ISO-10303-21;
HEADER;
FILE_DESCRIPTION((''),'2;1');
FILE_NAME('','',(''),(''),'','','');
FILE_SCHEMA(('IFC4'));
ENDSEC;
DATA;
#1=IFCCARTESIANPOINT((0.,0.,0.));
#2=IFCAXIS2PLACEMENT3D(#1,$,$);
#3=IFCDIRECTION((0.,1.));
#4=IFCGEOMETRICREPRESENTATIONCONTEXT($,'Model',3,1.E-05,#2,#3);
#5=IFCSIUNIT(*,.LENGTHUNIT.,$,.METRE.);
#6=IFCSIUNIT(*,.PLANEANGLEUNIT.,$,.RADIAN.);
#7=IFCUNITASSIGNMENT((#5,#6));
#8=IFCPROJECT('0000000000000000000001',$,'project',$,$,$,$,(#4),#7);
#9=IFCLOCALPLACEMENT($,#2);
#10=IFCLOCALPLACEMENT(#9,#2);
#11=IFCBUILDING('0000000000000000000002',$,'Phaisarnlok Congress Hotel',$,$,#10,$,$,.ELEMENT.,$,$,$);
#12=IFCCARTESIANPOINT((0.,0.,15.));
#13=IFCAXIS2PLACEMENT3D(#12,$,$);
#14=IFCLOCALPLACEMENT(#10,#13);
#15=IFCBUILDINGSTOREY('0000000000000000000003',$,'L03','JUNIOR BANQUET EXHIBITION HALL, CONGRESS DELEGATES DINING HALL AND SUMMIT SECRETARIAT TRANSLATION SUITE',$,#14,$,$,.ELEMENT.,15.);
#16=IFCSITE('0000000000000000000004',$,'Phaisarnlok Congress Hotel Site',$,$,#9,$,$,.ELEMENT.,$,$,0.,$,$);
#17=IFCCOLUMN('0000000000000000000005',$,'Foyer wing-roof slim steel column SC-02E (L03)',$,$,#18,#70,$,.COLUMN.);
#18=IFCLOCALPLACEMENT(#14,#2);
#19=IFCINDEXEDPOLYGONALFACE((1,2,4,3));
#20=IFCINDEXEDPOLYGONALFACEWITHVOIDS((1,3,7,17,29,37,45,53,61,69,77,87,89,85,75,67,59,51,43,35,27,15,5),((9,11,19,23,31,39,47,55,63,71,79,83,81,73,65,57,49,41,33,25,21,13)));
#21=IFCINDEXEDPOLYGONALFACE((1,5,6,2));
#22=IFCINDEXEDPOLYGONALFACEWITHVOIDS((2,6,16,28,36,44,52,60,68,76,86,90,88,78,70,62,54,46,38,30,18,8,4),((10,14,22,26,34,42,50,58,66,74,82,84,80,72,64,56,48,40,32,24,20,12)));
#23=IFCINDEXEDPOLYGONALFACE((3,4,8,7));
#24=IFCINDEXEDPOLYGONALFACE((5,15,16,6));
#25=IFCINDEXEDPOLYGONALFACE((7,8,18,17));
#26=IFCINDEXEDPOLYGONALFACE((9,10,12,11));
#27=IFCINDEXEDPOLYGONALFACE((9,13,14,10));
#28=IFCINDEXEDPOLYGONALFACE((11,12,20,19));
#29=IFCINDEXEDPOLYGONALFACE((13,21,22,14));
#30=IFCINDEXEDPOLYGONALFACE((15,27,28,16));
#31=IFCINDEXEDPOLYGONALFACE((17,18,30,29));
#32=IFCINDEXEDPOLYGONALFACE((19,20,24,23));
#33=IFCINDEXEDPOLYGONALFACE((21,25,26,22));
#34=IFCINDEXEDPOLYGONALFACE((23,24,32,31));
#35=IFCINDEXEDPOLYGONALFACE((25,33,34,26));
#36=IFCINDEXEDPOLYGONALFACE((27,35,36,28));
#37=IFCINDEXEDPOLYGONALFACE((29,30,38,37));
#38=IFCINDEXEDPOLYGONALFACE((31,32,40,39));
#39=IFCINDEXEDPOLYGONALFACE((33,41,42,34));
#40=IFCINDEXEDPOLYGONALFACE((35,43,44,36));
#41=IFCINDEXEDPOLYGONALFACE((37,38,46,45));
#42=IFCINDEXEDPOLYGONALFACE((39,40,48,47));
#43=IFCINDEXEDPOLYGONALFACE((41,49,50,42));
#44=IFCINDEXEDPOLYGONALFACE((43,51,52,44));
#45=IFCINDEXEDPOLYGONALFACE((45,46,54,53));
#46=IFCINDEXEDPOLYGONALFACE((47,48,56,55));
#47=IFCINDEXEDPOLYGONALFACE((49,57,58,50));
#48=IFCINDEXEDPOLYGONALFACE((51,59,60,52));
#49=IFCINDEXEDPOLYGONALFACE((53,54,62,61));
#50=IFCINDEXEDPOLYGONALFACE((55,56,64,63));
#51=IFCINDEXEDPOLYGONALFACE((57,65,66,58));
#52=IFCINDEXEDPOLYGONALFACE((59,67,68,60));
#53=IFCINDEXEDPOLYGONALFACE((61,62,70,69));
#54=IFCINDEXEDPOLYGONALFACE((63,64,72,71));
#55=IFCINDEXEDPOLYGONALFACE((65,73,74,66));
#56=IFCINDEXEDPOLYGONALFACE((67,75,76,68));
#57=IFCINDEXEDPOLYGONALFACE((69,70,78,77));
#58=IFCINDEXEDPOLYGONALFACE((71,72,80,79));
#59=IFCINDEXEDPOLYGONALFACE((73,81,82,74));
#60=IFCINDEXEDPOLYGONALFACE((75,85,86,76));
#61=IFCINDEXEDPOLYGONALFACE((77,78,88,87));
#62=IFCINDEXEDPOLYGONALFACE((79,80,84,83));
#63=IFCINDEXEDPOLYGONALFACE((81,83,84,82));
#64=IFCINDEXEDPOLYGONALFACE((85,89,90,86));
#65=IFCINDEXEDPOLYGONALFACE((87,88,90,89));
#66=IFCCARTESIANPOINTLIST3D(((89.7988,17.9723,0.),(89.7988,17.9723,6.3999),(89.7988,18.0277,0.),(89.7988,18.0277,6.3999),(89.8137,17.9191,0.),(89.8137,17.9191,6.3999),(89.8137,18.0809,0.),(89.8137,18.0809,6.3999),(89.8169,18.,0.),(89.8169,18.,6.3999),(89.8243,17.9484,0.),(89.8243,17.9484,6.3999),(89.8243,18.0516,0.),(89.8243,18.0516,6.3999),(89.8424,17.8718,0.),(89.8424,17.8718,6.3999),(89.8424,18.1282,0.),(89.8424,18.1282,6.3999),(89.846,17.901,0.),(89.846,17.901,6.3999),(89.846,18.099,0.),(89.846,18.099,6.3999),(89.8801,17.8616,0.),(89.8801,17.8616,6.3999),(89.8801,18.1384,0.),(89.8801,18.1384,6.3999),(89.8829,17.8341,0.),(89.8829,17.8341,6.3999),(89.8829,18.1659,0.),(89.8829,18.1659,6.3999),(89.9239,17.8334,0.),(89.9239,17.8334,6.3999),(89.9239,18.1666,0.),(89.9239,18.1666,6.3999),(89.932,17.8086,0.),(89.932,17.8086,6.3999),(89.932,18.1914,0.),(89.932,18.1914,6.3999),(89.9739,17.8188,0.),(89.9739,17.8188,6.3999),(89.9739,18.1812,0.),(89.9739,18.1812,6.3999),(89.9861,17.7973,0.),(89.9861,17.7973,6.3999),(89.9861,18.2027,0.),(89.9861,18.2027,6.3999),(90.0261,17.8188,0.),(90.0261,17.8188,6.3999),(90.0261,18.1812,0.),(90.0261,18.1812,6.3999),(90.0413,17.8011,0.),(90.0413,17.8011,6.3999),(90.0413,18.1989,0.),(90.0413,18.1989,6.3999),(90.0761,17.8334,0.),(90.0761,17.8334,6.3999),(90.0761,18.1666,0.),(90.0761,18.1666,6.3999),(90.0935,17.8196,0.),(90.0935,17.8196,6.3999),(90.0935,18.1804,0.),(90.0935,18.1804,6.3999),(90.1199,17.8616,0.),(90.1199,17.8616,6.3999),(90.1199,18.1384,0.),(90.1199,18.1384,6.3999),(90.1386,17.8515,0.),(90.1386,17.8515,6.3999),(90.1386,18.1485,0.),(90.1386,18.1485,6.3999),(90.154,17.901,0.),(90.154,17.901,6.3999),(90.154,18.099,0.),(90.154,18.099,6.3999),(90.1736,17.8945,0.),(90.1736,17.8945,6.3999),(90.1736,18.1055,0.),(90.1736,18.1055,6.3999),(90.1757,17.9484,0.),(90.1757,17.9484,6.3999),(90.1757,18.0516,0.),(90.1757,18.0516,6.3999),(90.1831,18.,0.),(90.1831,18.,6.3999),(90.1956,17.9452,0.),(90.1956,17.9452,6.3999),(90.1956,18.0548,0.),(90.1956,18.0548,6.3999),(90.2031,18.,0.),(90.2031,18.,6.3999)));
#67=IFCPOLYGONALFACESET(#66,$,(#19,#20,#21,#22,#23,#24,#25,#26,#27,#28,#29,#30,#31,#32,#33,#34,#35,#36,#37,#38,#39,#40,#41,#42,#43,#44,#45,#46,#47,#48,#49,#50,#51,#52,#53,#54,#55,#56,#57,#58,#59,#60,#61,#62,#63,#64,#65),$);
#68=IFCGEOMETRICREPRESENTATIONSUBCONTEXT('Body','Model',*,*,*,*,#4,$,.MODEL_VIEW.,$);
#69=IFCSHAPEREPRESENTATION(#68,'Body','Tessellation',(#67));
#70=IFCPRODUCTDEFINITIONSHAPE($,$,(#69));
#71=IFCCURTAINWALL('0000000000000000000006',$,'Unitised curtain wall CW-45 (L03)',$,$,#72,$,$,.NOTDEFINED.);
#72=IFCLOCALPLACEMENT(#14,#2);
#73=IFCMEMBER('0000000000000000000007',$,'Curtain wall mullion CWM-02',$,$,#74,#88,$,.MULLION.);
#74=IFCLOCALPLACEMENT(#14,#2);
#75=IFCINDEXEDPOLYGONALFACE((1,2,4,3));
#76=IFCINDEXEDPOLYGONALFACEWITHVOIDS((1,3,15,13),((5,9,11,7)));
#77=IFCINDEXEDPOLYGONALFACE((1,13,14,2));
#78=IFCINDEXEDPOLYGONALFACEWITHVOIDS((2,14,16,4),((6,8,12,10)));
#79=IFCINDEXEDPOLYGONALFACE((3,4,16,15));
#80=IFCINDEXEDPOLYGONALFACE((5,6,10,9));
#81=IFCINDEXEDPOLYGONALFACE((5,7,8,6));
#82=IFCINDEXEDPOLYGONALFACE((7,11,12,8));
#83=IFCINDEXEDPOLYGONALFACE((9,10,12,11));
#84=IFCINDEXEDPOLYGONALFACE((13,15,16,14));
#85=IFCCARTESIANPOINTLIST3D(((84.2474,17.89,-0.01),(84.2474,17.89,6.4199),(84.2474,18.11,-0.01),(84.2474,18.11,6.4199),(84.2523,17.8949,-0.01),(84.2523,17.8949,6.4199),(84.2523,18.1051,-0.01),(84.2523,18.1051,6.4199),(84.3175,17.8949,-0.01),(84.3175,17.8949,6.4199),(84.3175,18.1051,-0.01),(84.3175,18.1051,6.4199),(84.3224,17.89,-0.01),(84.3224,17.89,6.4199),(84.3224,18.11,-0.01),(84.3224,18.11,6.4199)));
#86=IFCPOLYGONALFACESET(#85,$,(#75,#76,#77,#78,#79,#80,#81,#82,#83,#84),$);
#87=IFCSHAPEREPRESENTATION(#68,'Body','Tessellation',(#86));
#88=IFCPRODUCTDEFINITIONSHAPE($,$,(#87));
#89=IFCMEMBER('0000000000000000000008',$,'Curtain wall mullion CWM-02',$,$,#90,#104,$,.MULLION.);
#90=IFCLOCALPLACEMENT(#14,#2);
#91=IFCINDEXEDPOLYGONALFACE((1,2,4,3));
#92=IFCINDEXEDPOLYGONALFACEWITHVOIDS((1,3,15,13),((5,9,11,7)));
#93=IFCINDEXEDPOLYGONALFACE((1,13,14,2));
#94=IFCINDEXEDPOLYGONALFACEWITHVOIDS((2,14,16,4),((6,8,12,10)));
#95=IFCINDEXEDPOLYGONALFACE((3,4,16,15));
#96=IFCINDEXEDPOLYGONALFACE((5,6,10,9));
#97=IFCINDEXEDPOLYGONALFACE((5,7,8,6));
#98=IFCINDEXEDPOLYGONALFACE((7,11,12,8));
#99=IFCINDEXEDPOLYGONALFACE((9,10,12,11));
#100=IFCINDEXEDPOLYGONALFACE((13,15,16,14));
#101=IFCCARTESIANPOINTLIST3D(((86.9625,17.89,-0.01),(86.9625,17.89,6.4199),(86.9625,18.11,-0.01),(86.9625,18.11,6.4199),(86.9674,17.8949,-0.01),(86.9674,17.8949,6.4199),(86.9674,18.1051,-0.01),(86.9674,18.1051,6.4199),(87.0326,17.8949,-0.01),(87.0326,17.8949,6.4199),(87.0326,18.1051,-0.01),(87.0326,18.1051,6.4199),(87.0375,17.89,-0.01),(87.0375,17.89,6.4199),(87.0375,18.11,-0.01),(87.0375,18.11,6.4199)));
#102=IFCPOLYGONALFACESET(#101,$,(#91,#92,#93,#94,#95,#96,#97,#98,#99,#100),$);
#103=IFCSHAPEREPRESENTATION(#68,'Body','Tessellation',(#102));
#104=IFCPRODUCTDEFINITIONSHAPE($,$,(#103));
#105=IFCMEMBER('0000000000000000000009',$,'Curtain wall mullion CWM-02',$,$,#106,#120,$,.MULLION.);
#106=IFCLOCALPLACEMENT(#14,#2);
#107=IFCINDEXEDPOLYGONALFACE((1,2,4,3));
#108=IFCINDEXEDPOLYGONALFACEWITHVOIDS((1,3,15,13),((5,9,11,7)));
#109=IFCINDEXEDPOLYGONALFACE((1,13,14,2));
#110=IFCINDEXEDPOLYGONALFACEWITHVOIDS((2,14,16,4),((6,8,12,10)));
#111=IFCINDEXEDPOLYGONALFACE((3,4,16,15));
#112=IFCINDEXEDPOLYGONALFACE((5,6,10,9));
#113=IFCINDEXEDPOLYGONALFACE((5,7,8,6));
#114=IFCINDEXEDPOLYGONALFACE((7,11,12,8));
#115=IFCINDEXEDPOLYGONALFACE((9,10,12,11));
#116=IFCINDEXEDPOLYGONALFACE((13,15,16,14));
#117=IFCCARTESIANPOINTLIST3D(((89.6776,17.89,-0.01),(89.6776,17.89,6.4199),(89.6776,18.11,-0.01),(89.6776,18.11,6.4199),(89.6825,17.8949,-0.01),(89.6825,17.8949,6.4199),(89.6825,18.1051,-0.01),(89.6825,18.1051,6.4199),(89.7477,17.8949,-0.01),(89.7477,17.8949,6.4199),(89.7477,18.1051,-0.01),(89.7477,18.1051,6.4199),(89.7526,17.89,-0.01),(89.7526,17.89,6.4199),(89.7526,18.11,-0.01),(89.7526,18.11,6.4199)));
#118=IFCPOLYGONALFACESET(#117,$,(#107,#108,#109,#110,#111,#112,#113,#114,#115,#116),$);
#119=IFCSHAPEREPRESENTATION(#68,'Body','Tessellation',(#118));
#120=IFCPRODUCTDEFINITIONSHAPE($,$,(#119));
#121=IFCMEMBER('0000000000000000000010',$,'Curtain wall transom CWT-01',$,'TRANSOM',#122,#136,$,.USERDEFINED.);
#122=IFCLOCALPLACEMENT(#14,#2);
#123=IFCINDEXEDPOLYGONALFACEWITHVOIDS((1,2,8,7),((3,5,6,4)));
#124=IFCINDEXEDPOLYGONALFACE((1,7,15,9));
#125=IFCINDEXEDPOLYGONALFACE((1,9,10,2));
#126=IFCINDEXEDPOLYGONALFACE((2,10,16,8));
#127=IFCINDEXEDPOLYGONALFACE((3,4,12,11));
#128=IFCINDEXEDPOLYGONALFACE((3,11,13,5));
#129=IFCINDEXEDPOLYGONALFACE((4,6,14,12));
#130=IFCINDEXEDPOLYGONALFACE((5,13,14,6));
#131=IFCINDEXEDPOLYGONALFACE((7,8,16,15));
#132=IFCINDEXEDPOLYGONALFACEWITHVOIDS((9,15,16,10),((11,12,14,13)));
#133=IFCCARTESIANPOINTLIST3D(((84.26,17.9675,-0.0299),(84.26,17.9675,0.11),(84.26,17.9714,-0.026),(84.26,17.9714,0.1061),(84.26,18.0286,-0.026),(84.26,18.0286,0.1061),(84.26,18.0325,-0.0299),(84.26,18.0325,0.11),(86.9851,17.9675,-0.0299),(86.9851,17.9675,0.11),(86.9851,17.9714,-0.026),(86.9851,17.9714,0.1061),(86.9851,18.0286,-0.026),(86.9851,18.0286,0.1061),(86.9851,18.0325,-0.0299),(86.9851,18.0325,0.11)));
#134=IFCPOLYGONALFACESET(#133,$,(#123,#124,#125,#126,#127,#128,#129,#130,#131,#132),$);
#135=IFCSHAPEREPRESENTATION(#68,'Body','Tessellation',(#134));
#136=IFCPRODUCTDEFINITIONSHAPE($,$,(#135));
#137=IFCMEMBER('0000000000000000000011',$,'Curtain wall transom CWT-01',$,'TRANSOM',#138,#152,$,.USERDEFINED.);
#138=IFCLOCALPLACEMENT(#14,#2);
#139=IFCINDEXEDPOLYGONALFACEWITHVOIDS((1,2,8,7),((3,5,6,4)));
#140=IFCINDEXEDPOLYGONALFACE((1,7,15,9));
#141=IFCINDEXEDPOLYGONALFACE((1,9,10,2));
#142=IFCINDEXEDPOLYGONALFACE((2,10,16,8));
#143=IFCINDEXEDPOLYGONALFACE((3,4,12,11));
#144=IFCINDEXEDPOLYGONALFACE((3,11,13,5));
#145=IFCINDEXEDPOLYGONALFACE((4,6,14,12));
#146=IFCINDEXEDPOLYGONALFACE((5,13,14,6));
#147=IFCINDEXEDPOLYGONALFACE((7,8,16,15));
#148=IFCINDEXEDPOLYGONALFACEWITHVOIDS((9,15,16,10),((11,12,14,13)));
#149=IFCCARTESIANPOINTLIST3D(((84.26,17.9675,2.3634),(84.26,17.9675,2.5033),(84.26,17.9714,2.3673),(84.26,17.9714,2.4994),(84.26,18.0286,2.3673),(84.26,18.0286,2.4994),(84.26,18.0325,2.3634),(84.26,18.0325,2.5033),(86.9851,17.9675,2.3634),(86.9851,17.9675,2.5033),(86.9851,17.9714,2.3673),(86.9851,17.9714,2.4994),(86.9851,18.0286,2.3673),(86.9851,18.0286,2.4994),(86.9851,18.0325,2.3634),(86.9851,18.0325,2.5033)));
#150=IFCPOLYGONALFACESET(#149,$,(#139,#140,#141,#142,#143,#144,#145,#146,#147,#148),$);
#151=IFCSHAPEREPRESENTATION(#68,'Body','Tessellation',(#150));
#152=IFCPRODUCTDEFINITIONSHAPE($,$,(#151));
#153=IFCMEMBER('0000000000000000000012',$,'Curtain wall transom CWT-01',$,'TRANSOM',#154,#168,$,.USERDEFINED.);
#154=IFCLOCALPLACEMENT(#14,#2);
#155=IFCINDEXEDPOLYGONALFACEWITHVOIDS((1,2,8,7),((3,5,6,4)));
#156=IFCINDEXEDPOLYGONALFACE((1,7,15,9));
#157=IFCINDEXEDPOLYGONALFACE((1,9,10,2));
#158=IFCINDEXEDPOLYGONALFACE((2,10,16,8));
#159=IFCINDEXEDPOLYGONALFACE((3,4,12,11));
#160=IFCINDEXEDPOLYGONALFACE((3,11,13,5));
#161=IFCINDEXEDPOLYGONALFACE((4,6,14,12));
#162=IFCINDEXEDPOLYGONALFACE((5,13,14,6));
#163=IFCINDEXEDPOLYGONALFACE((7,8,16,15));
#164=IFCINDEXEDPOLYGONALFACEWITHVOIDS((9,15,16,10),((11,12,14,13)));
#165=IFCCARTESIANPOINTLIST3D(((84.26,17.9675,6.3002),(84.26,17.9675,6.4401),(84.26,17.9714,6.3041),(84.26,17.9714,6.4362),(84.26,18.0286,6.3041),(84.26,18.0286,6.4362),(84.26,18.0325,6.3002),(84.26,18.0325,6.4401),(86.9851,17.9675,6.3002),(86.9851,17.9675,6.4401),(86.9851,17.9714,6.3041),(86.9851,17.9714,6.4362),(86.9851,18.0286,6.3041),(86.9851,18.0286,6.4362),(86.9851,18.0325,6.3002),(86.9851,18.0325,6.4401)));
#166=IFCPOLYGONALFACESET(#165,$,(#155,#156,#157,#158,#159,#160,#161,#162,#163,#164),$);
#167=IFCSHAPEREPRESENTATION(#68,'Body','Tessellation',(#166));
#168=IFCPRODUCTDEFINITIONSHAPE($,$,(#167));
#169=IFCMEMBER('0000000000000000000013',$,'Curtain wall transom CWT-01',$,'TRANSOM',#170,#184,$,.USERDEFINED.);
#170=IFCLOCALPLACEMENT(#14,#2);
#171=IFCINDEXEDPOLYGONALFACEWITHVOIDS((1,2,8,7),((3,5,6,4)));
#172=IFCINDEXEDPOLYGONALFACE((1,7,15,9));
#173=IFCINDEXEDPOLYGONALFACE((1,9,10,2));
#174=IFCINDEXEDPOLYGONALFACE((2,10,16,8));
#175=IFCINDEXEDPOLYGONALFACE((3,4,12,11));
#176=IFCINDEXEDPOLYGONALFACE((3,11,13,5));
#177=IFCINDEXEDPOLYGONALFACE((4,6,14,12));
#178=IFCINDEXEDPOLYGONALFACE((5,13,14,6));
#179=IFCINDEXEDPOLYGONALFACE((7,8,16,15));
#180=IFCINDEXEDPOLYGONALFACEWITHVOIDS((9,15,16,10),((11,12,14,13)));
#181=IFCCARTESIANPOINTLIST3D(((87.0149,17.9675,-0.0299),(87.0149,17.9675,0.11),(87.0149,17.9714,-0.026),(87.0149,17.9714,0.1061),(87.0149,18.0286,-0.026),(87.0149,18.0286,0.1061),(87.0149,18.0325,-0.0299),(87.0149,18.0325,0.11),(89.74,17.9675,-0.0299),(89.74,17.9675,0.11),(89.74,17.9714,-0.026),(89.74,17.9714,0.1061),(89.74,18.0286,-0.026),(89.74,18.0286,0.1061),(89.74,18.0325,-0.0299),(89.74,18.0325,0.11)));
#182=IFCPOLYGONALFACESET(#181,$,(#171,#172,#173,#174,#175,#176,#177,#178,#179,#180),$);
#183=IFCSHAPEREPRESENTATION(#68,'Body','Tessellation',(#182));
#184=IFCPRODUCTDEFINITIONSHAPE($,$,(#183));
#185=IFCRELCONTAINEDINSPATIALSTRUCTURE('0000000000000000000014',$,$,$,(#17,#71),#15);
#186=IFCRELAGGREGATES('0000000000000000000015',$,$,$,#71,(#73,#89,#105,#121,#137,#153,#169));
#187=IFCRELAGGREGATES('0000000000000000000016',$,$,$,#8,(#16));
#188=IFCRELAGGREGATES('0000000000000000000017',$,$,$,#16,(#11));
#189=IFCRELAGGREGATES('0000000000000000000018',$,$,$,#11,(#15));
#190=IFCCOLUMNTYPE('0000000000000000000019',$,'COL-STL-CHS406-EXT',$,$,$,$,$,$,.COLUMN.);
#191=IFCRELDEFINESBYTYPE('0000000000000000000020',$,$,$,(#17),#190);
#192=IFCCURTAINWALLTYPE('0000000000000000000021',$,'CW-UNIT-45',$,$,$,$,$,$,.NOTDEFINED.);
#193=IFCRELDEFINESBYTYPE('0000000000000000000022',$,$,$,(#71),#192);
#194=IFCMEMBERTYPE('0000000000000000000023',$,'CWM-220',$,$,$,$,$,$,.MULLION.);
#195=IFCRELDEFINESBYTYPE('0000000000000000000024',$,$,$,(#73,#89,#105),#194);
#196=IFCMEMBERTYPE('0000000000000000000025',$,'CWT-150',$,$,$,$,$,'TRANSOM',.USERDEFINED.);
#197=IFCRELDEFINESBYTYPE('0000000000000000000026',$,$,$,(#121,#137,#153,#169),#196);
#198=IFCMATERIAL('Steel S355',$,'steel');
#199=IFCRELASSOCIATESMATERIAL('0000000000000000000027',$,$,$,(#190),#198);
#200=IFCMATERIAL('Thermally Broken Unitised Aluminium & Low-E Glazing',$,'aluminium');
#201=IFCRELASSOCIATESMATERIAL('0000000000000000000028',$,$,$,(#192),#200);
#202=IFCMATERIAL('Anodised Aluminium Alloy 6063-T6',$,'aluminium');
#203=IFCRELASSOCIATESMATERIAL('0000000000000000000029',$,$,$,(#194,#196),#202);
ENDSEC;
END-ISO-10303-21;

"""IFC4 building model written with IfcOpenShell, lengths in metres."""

from ifc_helpers import new_model, si_unit, direction, frame, origin, origin_2d, place, context, subcontext, project, spatial, hollow_rectangle, hollow_circle, extrude, material, material_profile, profile_set, type_object, element, aggregate, save


model = new_model("IFC4")

# Units and contexts
model_context = context("Model", 3, precision=1e-05, world=origin(), true_north=direction((0.0, 1.0)))
body_context = subcontext(model_context, "Body", "Model", "MODEL_VIEW")
ifc_project = project(units=[si_unit("LENGTHUNIT", "METRE"), si_unit("PLANEANGLEUNIT", "RADIAN")], contexts=[model_context])

# Site, building, storey
site_placement = place(None, origin())
site = spatial("IfcSite", under=ifc_project, at=site_placement, Name="Phaisarnlok Congress Hotel Site", CompositionType="ELEMENT", RefElevation=0.0)
building_placement = place(site_placement, origin())
building = spatial("IfcBuilding", under=site, at=building_placement, Name="Phaisarnlok Congress Hotel", CompositionType="ELEMENT")
storey_placement = place(building_placement, frame((0.0, 0.0, 15.0)))
storey = spatial("IfcBuildingStorey", under=building, at=storey_placement, Name="L03", Description="JUNIOR BANQUET EXHIBITION HALL, CONGRESS DELEGATES DINING HALL AND SUMMIT SECRETARIAT TRANSLATION SUITE", CompositionType="ELEMENT", Elevation=15.0)

# Column
ifc_material_1 = material(Name="Steel S355", Category="steel")
ifc_material_profile_1 = material_profile(ifc_material_1, hollow_circle(Radius=0.2031, WallThickness=0.02, at=origin_2d()), Name="CHS 406.4x20")
ifc_profile_set_1 = profile_set([ifc_material_profile_1], Name="Steel S355")
column_type = type_object("IfcColumnType", Name="COL-STL-CHS406-EXT", PredefinedType="COLUMN", material=ifc_profile_set_1)
column_placement = place(storey_placement, frame((90.0, 18.0, 0.0), z_axis=(0.0, 0.0, 1.0), x_axis=(1.0, 0.0, 0.0)))
element("IfcColumn", 1, at=column_placement, inside=storey, type_object=column_type, Name="Foyer wing-roof slim steel column SC-02E (L03)", PredefinedType="COLUMN", context=body_context, shape_type="SweptSolid", body=[
    extrude(hollow_circle(Radius=0.2031, WallThickness=0.02, at=origin_2d()), origin(), (0.0, 0.0, 1.0), 6.3999),
])

# Curtain wall, members
ifc_material_2 = material(Name="Thermally Broken Unitised Aluminium & Low-E Glazing", Category="aluminium")
curtain_wall_type = type_object("IfcCurtainWallType", Name="CW-UNIT-45", PredefinedType="NOTDEFINED", material=ifc_material_2)
curtain_wall_placement = place(storey_placement, origin())
curtain_wall = element("IfcCurtainWall", 2, at=curtain_wall_placement, inside=storey, type_object=curtain_wall_type, Name="Unitised curtain wall CW-45 (L03)", PredefinedType="NOTDEFINED")
ifc_material_3 = material(Name="Anodised Aluminium Alloy 6063-T6", Category="aluminium")
ifc_material_profile_2 = material_profile(ifc_material_3, hollow_rectangle(XDim=0.075, YDim=0.22, WallThickness=0.0049, at=origin_2d()), Name="ALU-M 75x220x5")
ifc_profile_set_2 = profile_set([ifc_material_profile_2], Name="Anodised Aluminium Alloy 6063-T6")
member_type_1 = type_object("IfcMemberType", Name="CWM-220", PredefinedType="MULLION", material=ifc_profile_set_2)
member_1_placement = place(storey_placement, frame((84.2849, 18.0, -0.01), z_axis=(0.0, 0.0, 1.0), x_axis=(1.0, 0.0, 0.0)))
member_1 = element("IfcMember", 3, at=member_1_placement, type_object=member_type_1, Name="Curtain wall mullion CWM-02", PredefinedType="MULLION", context=body_context, shape_type="SweptSolid", body=[
    extrude(hollow_rectangle(XDim=0.075, YDim=0.22, WallThickness=0.0049, at=origin_2d()), origin(), (0.0, 0.0, 1.0), 6.4299),
])
member_2_placement = place(storey_placement, frame((87.0, 18.0, -0.01), z_axis=(0.0, 0.0, 1.0), x_axis=(1.0, 0.0, 0.0)))
member_2 = element("IfcMember", 4, at=member_2_placement, type_object=member_type_1, Name="Curtain wall mullion CWM-02", PredefinedType="MULLION", context=body_context, shape_type="SweptSolid", body=[
    extrude(hollow_rectangle(XDim=0.075, YDim=0.22, WallThickness=0.0049, at=origin_2d()), origin(), (0.0, 0.0, 1.0), 6.4299),
])
member_3_placement = place(storey_placement, frame((89.7151, 18.0, -0.01), z_axis=(0.0, 0.0, 1.0), x_axis=(1.0, 0.0, 0.0)))
member_3 = element("IfcMember", 5, at=member_3_placement, type_object=member_type_1, Name="Curtain wall mullion CWM-02", PredefinedType="MULLION", context=body_context, shape_type="SweptSolid", body=[
    extrude(hollow_rectangle(XDim=0.075, YDim=0.22, WallThickness=0.0049, at=origin_2d()), origin(), (0.0, 0.0, 1.0), 6.4299),
])
ifc_material_profile_3 = material_profile(ifc_material_3, hollow_rectangle(XDim=0.0649, YDim=0.1399, WallThickness=0.0039, at=origin_2d()), Name="ALU-T 65x140x4")
ifc_profile_set_3 = profile_set([ifc_material_profile_3], Name="Anodised Aluminium Alloy 6063-T6")
member_type_2 = type_object("IfcMemberType", Name="CWT-150", ElementType="TRANSOM", PredefinedType="USERDEFINED", material=ifc_profile_set_3)
member_4_placement = place(storey_placement, frame((84.26, 18.0, 0.04), z_axis=(1.0, 0.0, 0.0), x_axis=(0.0, 1.0, 0.0)))
member_4 = element("IfcMember", 6, at=member_4_placement, type_object=member_type_2, Name="Curtain wall transom CWT-01", ObjectType="TRANSOM", PredefinedType="USERDEFINED", context=body_context, shape_type="SweptSolid", body=[
    extrude(hollow_rectangle(XDim=0.0649, YDim=0.1399, WallThickness=0.0039, at=origin_2d()), origin(), (0.0, 0.0, 1.0), 2.7251),
])
member_5_placement = place(storey_placement, frame((84.26, 18.0, 2.4333), z_axis=(1.0, 0.0, 0.0), x_axis=(0.0, 1.0, 0.0)))
member_5 = element("IfcMember", 7, at=member_5_placement, type_object=member_type_2, Name="Curtain wall transom CWT-01", ObjectType="TRANSOM", PredefinedType="USERDEFINED", context=body_context, shape_type="SweptSolid", body=[
    extrude(hollow_rectangle(XDim=0.0649, YDim=0.1399, WallThickness=0.0039, at=origin_2d()), origin(), (0.0, 0.0, 1.0), 2.7251),
])
member_6_placement = place(storey_placement, frame((84.26, 18.0, 6.3701), z_axis=(1.0, 0.0, 0.0), x_axis=(0.0, 1.0, 0.0)))
member_6 = element("IfcMember", 8, at=member_6_placement, type_object=member_type_2, Name="Curtain wall transom CWT-01", ObjectType="TRANSOM", PredefinedType="USERDEFINED", context=body_context, shape_type="SweptSolid", body=[
    extrude(hollow_rectangle(XDim=0.0649, YDim=0.1399, WallThickness=0.0039, at=origin_2d()), origin(), (0.0, 0.0, 1.0), 2.7251),
])
member_7_placement = place(storey_placement, frame((87.0149, 18.0, 0.04), z_axis=(1.0, 0.0, 0.0), x_axis=(0.0, 1.0, 0.0)))
member_7 = element("IfcMember", 9, at=member_7_placement, type_object=member_type_2, Name="Curtain wall transom CWT-01", ObjectType="TRANSOM", PredefinedType="USERDEFINED", context=body_context, shape_type="SweptSolid", body=[
    extrude(hollow_rectangle(XDim=0.0649, YDim=0.1399, WallThickness=0.0039, at=origin_2d()), origin(), (0.0, 0.0, 1.0), 2.7251),
])

aggregate(curtain_wall, [member_1, member_2, member_3, member_4, member_5, member_6, member_7])

save(model, "model.ifc")
